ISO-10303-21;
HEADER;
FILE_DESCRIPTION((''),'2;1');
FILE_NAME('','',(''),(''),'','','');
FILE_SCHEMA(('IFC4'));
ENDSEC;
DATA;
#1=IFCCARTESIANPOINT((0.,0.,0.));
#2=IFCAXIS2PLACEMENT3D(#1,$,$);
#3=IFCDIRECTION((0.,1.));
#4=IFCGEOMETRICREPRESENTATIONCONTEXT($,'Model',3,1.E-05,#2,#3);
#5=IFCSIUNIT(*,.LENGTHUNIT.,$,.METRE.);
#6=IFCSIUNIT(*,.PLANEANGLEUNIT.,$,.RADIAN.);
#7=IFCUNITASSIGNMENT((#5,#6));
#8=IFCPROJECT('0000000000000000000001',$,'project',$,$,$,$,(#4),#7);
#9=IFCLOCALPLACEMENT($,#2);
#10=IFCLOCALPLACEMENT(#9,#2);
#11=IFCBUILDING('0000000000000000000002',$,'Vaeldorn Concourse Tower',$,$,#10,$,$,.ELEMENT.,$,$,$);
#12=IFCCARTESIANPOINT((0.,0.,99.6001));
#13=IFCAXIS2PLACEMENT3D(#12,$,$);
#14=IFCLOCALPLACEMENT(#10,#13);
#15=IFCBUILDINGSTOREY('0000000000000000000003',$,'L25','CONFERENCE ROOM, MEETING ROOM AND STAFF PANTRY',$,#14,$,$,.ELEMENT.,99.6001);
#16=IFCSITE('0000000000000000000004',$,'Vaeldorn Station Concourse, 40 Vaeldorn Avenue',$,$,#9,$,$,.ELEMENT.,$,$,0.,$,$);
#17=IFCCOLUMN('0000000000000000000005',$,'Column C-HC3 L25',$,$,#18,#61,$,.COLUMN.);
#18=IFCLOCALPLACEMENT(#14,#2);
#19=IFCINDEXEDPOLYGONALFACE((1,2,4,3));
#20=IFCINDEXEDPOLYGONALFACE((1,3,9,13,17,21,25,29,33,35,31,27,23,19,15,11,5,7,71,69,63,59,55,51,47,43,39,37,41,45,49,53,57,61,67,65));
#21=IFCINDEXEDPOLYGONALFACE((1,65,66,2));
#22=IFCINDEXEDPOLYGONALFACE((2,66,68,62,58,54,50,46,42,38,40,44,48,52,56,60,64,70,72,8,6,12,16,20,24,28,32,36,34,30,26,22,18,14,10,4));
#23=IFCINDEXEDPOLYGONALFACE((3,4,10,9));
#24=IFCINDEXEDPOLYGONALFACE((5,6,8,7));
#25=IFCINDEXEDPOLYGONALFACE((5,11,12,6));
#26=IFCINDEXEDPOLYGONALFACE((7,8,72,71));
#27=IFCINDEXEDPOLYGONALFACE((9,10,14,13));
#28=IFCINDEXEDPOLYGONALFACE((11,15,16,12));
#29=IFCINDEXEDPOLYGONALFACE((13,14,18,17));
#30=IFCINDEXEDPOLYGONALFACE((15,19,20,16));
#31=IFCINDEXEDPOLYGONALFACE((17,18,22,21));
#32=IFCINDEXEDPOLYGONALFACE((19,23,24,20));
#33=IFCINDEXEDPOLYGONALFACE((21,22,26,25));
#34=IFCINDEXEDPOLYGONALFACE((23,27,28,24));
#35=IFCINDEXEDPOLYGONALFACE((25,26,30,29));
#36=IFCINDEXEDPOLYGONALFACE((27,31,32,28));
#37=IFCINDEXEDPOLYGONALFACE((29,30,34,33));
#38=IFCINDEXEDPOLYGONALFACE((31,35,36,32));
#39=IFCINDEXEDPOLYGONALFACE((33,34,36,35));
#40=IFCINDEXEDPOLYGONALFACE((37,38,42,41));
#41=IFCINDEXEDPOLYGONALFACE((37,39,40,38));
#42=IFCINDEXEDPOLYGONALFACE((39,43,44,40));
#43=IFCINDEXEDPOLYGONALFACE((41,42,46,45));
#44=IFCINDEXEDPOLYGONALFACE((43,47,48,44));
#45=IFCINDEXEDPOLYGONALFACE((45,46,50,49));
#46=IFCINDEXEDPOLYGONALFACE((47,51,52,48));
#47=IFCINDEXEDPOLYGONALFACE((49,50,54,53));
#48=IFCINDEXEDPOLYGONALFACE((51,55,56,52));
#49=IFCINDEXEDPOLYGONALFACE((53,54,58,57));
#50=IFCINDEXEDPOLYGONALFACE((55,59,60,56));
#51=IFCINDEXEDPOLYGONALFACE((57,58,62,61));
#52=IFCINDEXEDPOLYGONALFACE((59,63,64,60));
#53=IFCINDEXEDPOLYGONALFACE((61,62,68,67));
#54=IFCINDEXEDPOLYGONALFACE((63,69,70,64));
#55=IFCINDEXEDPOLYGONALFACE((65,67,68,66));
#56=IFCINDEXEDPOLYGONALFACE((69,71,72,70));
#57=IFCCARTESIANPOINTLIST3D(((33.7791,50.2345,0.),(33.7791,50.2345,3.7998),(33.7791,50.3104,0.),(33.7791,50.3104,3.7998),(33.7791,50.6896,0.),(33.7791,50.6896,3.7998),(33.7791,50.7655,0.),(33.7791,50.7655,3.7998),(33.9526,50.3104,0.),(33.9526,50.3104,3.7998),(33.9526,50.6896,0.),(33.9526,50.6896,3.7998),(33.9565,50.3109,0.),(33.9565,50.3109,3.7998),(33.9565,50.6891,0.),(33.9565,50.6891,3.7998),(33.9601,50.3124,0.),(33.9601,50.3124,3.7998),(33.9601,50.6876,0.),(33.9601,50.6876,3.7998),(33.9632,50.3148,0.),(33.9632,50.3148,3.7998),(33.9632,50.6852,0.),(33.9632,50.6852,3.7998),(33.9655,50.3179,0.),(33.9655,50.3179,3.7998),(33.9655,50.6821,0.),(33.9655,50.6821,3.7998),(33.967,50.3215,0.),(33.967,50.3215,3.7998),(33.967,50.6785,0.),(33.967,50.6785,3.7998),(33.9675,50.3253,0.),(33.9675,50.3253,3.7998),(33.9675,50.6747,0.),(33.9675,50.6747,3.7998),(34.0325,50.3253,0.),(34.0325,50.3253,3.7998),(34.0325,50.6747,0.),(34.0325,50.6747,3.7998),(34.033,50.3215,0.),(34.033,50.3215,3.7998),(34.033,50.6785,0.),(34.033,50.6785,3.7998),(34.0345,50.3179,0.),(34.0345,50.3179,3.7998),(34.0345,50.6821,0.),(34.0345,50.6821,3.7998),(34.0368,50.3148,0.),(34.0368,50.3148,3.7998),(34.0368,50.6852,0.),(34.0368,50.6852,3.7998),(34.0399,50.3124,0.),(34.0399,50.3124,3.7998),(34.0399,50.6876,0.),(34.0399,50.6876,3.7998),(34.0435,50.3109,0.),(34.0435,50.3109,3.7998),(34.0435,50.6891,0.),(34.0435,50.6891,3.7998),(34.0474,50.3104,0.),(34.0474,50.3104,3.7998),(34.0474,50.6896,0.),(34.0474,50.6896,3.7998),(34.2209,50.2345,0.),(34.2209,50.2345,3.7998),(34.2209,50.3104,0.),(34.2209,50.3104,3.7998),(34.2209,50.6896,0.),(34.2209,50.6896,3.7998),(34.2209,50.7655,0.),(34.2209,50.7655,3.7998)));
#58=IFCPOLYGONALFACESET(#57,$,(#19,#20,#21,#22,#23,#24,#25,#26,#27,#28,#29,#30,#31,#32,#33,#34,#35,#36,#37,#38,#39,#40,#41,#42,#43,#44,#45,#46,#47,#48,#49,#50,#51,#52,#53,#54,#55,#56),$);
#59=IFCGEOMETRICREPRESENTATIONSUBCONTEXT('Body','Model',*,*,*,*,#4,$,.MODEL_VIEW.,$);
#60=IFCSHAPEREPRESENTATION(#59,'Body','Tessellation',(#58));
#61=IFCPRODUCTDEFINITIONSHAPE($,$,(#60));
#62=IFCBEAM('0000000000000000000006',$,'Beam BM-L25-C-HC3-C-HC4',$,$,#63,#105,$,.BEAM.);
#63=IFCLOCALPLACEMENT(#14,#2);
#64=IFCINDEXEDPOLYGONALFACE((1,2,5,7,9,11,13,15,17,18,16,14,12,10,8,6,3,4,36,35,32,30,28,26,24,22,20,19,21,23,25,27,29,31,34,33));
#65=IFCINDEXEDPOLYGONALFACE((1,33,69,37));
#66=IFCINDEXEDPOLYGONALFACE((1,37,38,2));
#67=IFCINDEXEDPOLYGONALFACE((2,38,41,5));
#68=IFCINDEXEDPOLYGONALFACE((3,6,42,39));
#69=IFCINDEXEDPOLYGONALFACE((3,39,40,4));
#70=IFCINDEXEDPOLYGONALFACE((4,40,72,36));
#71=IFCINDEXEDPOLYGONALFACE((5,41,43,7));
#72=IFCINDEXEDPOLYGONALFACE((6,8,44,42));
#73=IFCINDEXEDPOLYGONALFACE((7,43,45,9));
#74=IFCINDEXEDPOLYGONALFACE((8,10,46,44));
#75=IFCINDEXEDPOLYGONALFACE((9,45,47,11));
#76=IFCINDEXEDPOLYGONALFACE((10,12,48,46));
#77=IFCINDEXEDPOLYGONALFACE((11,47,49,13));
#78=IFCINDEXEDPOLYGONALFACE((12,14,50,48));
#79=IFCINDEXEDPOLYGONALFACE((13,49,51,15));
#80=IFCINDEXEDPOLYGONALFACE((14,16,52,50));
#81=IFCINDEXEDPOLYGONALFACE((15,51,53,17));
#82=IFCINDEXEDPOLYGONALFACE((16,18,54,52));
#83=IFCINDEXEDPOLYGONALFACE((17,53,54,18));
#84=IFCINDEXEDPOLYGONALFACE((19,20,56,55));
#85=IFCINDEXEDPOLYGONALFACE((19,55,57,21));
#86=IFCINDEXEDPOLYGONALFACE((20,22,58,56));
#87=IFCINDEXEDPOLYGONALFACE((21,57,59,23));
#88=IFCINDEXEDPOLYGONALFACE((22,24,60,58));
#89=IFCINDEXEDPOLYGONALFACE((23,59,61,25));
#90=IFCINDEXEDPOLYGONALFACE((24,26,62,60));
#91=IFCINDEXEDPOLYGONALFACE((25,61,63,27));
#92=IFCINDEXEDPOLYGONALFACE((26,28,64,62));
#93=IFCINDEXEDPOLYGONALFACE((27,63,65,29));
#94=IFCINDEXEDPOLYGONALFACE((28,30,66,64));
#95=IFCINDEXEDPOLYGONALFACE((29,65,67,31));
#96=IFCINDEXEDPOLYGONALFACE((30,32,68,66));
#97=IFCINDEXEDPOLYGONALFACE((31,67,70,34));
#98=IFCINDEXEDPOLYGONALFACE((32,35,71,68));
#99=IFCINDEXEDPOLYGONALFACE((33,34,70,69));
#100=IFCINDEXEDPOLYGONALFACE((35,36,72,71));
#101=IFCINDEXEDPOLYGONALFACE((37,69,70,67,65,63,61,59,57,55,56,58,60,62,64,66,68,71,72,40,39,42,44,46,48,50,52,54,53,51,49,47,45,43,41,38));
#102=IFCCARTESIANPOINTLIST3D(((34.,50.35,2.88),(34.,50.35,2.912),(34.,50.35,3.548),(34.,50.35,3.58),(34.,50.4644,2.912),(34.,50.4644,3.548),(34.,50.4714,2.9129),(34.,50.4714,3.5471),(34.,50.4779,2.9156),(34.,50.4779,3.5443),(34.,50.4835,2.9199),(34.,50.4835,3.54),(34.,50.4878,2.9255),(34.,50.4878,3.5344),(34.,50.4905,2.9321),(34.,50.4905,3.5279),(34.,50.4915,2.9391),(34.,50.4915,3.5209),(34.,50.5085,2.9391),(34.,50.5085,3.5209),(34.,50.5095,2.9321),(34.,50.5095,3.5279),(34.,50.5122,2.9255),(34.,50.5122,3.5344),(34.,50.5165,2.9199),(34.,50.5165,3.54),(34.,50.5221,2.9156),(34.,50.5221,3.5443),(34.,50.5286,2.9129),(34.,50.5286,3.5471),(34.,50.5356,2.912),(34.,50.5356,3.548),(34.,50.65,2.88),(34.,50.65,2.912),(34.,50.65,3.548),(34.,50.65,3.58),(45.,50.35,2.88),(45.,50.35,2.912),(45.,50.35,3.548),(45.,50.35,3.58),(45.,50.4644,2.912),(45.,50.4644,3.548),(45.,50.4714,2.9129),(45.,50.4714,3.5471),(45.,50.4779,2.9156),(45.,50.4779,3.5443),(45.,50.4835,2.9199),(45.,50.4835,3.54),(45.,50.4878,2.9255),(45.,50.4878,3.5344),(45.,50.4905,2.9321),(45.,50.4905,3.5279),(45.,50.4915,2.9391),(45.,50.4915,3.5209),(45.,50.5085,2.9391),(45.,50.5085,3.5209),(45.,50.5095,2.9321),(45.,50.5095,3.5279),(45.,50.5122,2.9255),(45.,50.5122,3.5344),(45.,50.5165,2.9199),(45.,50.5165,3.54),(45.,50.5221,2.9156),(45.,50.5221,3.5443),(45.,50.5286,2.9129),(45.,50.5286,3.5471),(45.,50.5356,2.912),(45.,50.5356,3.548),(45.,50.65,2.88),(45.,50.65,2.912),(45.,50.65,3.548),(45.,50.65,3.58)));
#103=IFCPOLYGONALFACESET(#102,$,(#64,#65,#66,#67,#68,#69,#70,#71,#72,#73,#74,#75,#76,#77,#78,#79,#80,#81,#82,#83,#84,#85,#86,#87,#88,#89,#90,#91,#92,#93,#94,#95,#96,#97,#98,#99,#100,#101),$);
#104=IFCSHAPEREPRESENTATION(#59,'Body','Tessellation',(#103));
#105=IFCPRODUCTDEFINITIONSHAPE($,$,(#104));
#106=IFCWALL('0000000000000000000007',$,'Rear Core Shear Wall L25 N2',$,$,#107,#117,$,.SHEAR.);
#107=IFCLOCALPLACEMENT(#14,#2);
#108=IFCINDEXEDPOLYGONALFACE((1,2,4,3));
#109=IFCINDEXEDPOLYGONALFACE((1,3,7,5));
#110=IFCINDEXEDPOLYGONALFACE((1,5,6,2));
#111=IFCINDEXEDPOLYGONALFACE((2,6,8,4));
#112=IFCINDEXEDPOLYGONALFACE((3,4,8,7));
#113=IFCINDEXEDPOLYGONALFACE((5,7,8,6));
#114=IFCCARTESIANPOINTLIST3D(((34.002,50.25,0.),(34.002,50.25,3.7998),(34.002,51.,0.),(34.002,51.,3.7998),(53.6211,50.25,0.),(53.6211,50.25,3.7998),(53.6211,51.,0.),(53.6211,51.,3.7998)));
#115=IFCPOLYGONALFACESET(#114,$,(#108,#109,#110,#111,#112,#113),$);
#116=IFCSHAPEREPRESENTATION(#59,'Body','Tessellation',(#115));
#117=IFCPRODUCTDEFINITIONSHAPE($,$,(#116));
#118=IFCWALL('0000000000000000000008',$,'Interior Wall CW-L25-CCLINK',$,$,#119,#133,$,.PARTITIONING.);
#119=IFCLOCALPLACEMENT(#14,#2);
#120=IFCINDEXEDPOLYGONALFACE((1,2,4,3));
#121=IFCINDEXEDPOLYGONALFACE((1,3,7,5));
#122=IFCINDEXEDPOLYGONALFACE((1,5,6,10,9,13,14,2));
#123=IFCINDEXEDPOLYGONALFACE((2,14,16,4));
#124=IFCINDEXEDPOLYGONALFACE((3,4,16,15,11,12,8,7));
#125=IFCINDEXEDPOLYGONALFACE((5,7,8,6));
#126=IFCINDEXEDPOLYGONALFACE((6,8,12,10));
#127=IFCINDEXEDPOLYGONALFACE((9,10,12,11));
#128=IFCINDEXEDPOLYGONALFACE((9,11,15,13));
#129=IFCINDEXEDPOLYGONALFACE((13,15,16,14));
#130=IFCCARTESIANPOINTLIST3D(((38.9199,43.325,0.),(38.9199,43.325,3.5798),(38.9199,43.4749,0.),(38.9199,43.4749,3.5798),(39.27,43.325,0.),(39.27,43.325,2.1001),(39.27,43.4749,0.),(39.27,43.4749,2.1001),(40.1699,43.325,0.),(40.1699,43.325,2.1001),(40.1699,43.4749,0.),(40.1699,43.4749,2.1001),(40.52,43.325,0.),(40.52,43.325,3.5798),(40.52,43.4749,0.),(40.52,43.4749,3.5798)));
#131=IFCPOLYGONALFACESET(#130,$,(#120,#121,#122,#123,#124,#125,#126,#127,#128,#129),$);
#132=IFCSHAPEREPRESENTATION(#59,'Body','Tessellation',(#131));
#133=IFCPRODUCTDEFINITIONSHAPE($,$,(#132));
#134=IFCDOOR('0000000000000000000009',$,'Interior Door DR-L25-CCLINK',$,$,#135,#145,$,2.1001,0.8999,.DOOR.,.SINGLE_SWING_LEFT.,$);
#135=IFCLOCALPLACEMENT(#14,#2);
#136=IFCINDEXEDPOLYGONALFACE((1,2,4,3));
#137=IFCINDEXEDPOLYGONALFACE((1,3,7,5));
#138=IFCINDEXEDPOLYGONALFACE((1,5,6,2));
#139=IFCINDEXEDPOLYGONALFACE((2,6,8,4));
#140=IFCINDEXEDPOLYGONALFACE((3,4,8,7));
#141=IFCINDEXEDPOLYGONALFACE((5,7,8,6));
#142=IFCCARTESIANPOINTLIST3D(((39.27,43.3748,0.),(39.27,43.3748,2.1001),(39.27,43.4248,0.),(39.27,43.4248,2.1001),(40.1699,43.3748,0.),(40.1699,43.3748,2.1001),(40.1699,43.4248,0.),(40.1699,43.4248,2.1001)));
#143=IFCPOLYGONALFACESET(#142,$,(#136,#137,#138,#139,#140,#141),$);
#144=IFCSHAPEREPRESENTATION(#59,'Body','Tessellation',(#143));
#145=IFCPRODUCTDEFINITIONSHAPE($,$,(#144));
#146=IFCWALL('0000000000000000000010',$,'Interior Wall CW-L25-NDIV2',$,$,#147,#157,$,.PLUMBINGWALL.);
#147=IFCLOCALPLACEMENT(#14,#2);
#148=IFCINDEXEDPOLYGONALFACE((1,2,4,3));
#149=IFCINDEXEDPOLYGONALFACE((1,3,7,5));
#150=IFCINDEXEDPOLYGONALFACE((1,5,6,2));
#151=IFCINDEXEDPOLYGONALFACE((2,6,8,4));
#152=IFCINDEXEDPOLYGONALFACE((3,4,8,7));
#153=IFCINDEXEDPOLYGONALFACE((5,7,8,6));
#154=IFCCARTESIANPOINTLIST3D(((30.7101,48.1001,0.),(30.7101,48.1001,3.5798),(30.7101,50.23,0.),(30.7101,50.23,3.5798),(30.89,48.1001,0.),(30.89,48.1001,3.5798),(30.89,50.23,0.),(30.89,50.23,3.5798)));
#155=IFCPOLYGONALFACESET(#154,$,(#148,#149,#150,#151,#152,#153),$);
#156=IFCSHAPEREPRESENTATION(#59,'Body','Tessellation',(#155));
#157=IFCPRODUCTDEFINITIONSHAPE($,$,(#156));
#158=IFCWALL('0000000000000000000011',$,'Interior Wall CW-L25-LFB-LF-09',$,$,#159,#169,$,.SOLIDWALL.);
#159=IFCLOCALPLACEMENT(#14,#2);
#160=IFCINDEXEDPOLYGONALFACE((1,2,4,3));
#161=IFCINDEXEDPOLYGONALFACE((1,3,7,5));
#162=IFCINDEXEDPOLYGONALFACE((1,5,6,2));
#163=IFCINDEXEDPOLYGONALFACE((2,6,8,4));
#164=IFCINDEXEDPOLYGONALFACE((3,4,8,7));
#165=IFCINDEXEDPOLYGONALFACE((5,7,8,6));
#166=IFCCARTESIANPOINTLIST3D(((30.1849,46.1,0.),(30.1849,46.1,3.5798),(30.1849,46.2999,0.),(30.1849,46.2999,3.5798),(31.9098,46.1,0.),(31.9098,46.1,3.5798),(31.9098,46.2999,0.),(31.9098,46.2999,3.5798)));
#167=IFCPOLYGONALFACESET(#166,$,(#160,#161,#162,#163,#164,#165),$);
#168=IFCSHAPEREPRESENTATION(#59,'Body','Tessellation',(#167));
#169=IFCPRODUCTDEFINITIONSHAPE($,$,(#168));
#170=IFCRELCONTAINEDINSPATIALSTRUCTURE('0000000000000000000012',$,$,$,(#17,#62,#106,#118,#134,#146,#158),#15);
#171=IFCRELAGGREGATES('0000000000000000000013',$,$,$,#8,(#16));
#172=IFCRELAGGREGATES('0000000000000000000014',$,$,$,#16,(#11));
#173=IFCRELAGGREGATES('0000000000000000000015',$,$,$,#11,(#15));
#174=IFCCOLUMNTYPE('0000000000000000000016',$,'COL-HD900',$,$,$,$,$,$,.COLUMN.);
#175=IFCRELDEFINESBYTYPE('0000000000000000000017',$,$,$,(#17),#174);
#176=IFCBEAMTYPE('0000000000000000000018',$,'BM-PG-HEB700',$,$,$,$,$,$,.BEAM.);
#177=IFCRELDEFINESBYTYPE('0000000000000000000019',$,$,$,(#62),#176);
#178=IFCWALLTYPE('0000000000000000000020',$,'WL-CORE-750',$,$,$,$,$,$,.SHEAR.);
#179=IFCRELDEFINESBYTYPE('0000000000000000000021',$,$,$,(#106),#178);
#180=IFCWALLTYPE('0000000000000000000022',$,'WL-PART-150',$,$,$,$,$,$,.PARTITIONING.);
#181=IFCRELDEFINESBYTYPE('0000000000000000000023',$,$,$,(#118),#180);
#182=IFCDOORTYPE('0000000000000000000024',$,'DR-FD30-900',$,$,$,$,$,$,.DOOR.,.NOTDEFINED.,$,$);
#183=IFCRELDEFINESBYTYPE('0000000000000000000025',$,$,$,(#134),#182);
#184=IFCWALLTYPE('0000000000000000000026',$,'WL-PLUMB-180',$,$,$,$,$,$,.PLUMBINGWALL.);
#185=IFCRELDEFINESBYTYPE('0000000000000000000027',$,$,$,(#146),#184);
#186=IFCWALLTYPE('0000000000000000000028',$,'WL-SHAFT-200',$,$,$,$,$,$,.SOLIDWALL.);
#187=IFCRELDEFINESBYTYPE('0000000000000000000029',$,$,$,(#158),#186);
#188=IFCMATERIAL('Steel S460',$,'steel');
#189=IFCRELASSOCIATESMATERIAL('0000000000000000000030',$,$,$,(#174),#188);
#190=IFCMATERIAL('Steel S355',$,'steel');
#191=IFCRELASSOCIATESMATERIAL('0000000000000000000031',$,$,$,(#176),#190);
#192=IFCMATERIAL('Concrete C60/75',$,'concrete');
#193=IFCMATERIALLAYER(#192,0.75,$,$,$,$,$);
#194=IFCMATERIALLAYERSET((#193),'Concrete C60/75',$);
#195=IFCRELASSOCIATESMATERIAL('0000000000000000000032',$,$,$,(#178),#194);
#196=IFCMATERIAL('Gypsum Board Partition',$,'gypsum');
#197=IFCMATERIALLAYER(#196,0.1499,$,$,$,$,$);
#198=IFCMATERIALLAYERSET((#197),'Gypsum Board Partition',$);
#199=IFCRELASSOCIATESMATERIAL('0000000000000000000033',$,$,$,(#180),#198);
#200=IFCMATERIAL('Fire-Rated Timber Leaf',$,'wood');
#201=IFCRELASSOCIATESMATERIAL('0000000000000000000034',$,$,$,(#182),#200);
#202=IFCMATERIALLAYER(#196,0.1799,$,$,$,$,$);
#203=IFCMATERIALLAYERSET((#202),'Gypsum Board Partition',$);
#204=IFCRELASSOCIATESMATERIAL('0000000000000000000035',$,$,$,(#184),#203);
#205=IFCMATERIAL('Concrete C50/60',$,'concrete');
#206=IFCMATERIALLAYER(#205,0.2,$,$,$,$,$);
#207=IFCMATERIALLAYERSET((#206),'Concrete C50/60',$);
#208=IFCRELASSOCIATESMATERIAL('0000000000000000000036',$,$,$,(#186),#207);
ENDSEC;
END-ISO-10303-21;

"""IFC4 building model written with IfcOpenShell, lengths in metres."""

from ifc_helpers import new_model, si_unit, direction, frame, frame_2d, origin, origin_2d, place, context, subcontext, project, spatial, rectangle, i_section, extrude, source, transform, mapped, material, layer, layer_set, material_profile, profile_set, type_object, element, fill, save


model = new_model("IFC4")

# Units and contexts
model_context = context("Model", 3, precision=1e-05, world=origin(), true_north=direction((0.0, 1.0)))
body_context = subcontext(model_context, "Body", "Model", "MODEL_VIEW")
ifc_project = project(units=[si_unit("LENGTHUNIT", "METRE"), si_unit("PLANEANGLEUNIT", "RADIAN")], contexts=[model_context])

# Site, building, storey
site_placement = place(None, origin())
site = spatial("IfcSite", under=ifc_project, at=site_placement, Name="Vaeldorn Station Concourse, 40 Vaeldorn Avenue", CompositionType="ELEMENT", RefElevation=0.0)
building_placement = place(site_placement, origin())
building = spatial("IfcBuilding", under=site, at=building_placement, Name="Vaeldorn Concourse Tower", CompositionType="ELEMENT")
storey_placement = place(building_placement, frame((0.0, 0.0, 99.6001)))
storey = spatial("IfcBuildingStorey", under=building, at=storey_placement, Name="L25", Description="CONFERENCE ROOM, MEETING ROOM AND STAFF PANTRY", CompositionType="ELEMENT", Elevation=99.6001)

# Column
ifc_material_1 = material(Name="Steel S460", Category="steel")
ifc_material_profile_1 = material_profile(ifc_material_1, i_section(OverallWidth=0.4419, OverallDepth=0.531, WebThickness=0.0649, FlangeThickness=0.0759, FilletRadius=0.0149, at=origin_2d()), Name="HD 400x900")
ifc_profile_set_1 = profile_set([ifc_material_profile_1], Name="Steel S460")
column_type = type_object("IfcColumnType", Name="COL-HD900", PredefinedType="COLUMN", material=ifc_profile_set_1)
shared_shape_1 = source(origin(), body_context, "Body", "SweptSolid", [
    extrude(i_section(OverallWidth=0.4419, OverallDepth=0.531, WebThickness=0.0649, FlangeThickness=0.0759, FilletRadius=0.0149, at=origin_2d()), origin(), (0.0, 0.0, 1.0), 3.7998),
])
column_placement = place(storey_placement, frame((34.0, 50.5, 0.0), z_axis=(0.0, 0.0, 1.0), x_axis=(1.0, 0.0, 0.0)))
element("IfcColumn", 1, at=column_placement, inside=storey, type_object=column_type, Name="Column C-HC3 L25", PredefinedType="COLUMN", context=body_context, shape_type="MappedRepresentation", body=[
    mapped(shared_shape_1, transform((0.0, 0.0, 0.0), scale=1.0)),
])

# Beam
ifc_material_2 = material(Name="Steel S355", Category="steel")
ifc_material_profile_2 = material_profile(ifc_material_2, i_section(OverallWidth=0.3, OverallDepth=0.7, WebThickness=0.0171, FlangeThickness=0.032, FilletRadius=0.0271, at=origin_2d()), Name="HEB 700")
ifc_profile_set_2 = profile_set([ifc_material_profile_2], Name="Steel S355")
beam_type = type_object("IfcBeamType", Name="BM-PG-HEB700", PredefinedType="BEAM", material=ifc_profile_set_2)
shared_shape_2 = source(origin(), body_context, "Body", "SweptSolid", [
    extrude(i_section(OverallWidth=0.3, OverallDepth=0.7, WebThickness=0.0171, FlangeThickness=0.032, FilletRadius=0.0271, at=origin_2d()), origin(), (0.0, 0.0, 1.0), 11.0),
])
beam_placement = place(storey_placement, frame((34.0, 50.5, 3.23), z_axis=(1.0, 0.0, 0.0), x_axis=(0.0, 1.0, 0.0)))
element("IfcBeam", 2, at=beam_placement, inside=storey, type_object=beam_type, Name="Beam BM-L25-C-HC3-C-HC4", PredefinedType="BEAM", context=body_context, shape_type="MappedRepresentation", body=[
    mapped(shared_shape_2, transform((0.0, 0.0, 0.0), scale=1.0)),
])

# Wall
ifc_material_3 = material(Name="Concrete C60/75", Category="concrete")
ifc_layer_1 = layer(ifc_material_3, 0.75)
ifc_layer_set_1 = layer_set([ifc_layer_1], Name="Concrete C60/75")
wall_type_1 = type_object("IfcWallType", Name="WL-CORE-750", PredefinedType="SHEAR", material=ifc_layer_set_1)
wall_1_placement = place(storey_placement, frame((34.002, 50.625, 0.0), z_axis=(0.0, 0.0, 1.0), x_axis=(1.0, 0.0, 0.0)))
element("IfcWall", 3, at=wall_1_placement, inside=storey, type_object=wall_type_1, Name="Rear Core Shear Wall L25 N2", PredefinedType="SHEAR", context=body_context, shape_type="SweptSolid", body=[
    extrude(rectangle(XDim=19.6191, YDim=0.75, at=frame_2d((9.8096, 0.0))), origin(), (0.0, 0.0, 1.0), 3.7998),
])

# Wall, opening, door
ifc_material_4 = material(Name="Gypsum Board Partition", Category="gypsum")
ifc_layer_2 = layer(ifc_material_4, 0.1499)
ifc_layer_set_2 = layer_set([ifc_layer_2], Name="Gypsum Board Partition")
wall_type_2 = type_object("IfcWallType", Name="WL-PART-150", PredefinedType="PARTITIONING", material=ifc_layer_set_2)
wall_2_placement = place(storey_placement, frame((38.9199, 43.3999, 0.0), z_axis=(0.0, 0.0, 1.0), x_axis=(1.0, 0.0, 0.0)))
wall_2 = element("IfcWall", 4, at=wall_2_placement, inside=storey, type_object=wall_type_2, Name="Interior Wall CW-L25-CCLINK", PredefinedType="PARTITIONING", context=body_context, shape_type="SweptSolid", body=[
    extrude(rectangle(XDim=1.6001, YDim=0.1499, at=frame_2d((0.8, 0.0))), origin(), (0.0, 0.0, 1.0), 3.5798),
])
opening_1_placement = place(wall_2_placement, frame((0.3501, 0.0, 0.0)))
opening_1 = element("IfcOpeningElement", 5, at=opening_1_placement, cuts=wall_2, PredefinedType="OPENING", context=body_context, shape_type="SweptSolid", body=[
    extrude(rectangle(XDim=0.8999, YDim=2.1001, at=frame_2d((0.45, 1.05))), frame((0.0, 0.085, 0.0), z_axis=(0.0, -1.0, 0.0), x_axis=(1.0, 0.0, 0.0)), (0.0, 0.0, 1.0), 0.1699),
])
ifc_material_5 = material(Name="Fire-Rated Timber Leaf", Category="wood")
door_type_1 = type_object("IfcDoorType", Name="DR-FD30-900", OperationType="NOTDEFINED", PredefinedType="DOOR", material=ifc_material_5)
shared_shape_3 = source(origin(), body_context, "Body", "SweptSolid", [
    extrude(rectangle(XDim=0.8999, YDim=2.1001, at=frame_2d((0.45, 1.05))), frame((0.0, 0.0249, 0.0), z_axis=(0.0, -1.0, 0.0), x_axis=(1.0, 0.0, 0.0)), (0.0, 0.0, 1.0), 0.05),
])
door_1_placement = place(opening_1_placement, origin())
door_1 = element("IfcDoor", 6, at=door_1_placement, inside=storey, type_object=door_type_1, Name="Interior Door DR-L25-CCLINK", OperationType="SINGLE_SWING_LEFT", OverallHeight=2.1001, OverallWidth=0.8999, PredefinedType="DOOR", context=body_context, shape_type="MappedRepresentation", body=[
    mapped(shared_shape_3, transform((0.0, 0.0, 0.0), scale=1.0)),
])
fill(opening_1, door_1)

# Walls
ifc_layer_3 = layer(ifc_material_4, 0.1799)
ifc_layer_set_3 = layer_set([ifc_layer_3], Name="Gypsum Board Partition")
wall_type_3 = type_object("IfcWallType", Name="WL-PLUMB-180", PredefinedType="PLUMBINGWALL", material=ifc_layer_set_3)
wall_3_placement = place(storey_placement, frame((30.8, 48.1001, 0.0), z_axis=(0.0, 0.0, 1.0), x_axis=(0.0, 1.0, 0.0)))
element("IfcWall", 7, at=wall_3_placement, inside=storey, type_object=wall_type_3, Name="Interior Wall CW-L25-NDIV2", PredefinedType="PLUMBINGWALL", context=body_context, shape_type="SweptSolid", body=[
    extrude(rectangle(XDim=2.1299, YDim=0.1799, at=frame_2d((1.0649, 0.0))), origin(), (0.0, 0.0, 1.0), 3.5798),
])
ifc_material_6 = material(Name="Concrete C50/60", Category="concrete")
ifc_layer_4 = layer(ifc_material_6, 0.2)
ifc_layer_set_4 = layer_set([ifc_layer_4], Name="Concrete C50/60")
wall_type_4 = type_object("IfcWallType", Name="WL-SHAFT-200", PredefinedType="SOLIDWALL", material=ifc_layer_set_4)
wall_4_placement = place(storey_placement, frame((30.1851, 46.2, 0.0), z_axis=(0.0, 0.0, 1.0), x_axis=(1.0, 0.0, 0.0)))
element("IfcWall", 8, at=wall_4_placement, inside=storey, type_object=wall_type_4, Name="Interior Wall CW-L25-LFB-LF-09", PredefinedType="SOLIDWALL", context=body_context, shape_type="SweptSolid", body=[
    extrude(rectangle(XDim=1.7249, YDim=0.2, at=frame_2d((0.8623, 0.0))), origin(), (0.0, 0.0, 1.0), 3.5798),
])

save(model, "model.ifc")
